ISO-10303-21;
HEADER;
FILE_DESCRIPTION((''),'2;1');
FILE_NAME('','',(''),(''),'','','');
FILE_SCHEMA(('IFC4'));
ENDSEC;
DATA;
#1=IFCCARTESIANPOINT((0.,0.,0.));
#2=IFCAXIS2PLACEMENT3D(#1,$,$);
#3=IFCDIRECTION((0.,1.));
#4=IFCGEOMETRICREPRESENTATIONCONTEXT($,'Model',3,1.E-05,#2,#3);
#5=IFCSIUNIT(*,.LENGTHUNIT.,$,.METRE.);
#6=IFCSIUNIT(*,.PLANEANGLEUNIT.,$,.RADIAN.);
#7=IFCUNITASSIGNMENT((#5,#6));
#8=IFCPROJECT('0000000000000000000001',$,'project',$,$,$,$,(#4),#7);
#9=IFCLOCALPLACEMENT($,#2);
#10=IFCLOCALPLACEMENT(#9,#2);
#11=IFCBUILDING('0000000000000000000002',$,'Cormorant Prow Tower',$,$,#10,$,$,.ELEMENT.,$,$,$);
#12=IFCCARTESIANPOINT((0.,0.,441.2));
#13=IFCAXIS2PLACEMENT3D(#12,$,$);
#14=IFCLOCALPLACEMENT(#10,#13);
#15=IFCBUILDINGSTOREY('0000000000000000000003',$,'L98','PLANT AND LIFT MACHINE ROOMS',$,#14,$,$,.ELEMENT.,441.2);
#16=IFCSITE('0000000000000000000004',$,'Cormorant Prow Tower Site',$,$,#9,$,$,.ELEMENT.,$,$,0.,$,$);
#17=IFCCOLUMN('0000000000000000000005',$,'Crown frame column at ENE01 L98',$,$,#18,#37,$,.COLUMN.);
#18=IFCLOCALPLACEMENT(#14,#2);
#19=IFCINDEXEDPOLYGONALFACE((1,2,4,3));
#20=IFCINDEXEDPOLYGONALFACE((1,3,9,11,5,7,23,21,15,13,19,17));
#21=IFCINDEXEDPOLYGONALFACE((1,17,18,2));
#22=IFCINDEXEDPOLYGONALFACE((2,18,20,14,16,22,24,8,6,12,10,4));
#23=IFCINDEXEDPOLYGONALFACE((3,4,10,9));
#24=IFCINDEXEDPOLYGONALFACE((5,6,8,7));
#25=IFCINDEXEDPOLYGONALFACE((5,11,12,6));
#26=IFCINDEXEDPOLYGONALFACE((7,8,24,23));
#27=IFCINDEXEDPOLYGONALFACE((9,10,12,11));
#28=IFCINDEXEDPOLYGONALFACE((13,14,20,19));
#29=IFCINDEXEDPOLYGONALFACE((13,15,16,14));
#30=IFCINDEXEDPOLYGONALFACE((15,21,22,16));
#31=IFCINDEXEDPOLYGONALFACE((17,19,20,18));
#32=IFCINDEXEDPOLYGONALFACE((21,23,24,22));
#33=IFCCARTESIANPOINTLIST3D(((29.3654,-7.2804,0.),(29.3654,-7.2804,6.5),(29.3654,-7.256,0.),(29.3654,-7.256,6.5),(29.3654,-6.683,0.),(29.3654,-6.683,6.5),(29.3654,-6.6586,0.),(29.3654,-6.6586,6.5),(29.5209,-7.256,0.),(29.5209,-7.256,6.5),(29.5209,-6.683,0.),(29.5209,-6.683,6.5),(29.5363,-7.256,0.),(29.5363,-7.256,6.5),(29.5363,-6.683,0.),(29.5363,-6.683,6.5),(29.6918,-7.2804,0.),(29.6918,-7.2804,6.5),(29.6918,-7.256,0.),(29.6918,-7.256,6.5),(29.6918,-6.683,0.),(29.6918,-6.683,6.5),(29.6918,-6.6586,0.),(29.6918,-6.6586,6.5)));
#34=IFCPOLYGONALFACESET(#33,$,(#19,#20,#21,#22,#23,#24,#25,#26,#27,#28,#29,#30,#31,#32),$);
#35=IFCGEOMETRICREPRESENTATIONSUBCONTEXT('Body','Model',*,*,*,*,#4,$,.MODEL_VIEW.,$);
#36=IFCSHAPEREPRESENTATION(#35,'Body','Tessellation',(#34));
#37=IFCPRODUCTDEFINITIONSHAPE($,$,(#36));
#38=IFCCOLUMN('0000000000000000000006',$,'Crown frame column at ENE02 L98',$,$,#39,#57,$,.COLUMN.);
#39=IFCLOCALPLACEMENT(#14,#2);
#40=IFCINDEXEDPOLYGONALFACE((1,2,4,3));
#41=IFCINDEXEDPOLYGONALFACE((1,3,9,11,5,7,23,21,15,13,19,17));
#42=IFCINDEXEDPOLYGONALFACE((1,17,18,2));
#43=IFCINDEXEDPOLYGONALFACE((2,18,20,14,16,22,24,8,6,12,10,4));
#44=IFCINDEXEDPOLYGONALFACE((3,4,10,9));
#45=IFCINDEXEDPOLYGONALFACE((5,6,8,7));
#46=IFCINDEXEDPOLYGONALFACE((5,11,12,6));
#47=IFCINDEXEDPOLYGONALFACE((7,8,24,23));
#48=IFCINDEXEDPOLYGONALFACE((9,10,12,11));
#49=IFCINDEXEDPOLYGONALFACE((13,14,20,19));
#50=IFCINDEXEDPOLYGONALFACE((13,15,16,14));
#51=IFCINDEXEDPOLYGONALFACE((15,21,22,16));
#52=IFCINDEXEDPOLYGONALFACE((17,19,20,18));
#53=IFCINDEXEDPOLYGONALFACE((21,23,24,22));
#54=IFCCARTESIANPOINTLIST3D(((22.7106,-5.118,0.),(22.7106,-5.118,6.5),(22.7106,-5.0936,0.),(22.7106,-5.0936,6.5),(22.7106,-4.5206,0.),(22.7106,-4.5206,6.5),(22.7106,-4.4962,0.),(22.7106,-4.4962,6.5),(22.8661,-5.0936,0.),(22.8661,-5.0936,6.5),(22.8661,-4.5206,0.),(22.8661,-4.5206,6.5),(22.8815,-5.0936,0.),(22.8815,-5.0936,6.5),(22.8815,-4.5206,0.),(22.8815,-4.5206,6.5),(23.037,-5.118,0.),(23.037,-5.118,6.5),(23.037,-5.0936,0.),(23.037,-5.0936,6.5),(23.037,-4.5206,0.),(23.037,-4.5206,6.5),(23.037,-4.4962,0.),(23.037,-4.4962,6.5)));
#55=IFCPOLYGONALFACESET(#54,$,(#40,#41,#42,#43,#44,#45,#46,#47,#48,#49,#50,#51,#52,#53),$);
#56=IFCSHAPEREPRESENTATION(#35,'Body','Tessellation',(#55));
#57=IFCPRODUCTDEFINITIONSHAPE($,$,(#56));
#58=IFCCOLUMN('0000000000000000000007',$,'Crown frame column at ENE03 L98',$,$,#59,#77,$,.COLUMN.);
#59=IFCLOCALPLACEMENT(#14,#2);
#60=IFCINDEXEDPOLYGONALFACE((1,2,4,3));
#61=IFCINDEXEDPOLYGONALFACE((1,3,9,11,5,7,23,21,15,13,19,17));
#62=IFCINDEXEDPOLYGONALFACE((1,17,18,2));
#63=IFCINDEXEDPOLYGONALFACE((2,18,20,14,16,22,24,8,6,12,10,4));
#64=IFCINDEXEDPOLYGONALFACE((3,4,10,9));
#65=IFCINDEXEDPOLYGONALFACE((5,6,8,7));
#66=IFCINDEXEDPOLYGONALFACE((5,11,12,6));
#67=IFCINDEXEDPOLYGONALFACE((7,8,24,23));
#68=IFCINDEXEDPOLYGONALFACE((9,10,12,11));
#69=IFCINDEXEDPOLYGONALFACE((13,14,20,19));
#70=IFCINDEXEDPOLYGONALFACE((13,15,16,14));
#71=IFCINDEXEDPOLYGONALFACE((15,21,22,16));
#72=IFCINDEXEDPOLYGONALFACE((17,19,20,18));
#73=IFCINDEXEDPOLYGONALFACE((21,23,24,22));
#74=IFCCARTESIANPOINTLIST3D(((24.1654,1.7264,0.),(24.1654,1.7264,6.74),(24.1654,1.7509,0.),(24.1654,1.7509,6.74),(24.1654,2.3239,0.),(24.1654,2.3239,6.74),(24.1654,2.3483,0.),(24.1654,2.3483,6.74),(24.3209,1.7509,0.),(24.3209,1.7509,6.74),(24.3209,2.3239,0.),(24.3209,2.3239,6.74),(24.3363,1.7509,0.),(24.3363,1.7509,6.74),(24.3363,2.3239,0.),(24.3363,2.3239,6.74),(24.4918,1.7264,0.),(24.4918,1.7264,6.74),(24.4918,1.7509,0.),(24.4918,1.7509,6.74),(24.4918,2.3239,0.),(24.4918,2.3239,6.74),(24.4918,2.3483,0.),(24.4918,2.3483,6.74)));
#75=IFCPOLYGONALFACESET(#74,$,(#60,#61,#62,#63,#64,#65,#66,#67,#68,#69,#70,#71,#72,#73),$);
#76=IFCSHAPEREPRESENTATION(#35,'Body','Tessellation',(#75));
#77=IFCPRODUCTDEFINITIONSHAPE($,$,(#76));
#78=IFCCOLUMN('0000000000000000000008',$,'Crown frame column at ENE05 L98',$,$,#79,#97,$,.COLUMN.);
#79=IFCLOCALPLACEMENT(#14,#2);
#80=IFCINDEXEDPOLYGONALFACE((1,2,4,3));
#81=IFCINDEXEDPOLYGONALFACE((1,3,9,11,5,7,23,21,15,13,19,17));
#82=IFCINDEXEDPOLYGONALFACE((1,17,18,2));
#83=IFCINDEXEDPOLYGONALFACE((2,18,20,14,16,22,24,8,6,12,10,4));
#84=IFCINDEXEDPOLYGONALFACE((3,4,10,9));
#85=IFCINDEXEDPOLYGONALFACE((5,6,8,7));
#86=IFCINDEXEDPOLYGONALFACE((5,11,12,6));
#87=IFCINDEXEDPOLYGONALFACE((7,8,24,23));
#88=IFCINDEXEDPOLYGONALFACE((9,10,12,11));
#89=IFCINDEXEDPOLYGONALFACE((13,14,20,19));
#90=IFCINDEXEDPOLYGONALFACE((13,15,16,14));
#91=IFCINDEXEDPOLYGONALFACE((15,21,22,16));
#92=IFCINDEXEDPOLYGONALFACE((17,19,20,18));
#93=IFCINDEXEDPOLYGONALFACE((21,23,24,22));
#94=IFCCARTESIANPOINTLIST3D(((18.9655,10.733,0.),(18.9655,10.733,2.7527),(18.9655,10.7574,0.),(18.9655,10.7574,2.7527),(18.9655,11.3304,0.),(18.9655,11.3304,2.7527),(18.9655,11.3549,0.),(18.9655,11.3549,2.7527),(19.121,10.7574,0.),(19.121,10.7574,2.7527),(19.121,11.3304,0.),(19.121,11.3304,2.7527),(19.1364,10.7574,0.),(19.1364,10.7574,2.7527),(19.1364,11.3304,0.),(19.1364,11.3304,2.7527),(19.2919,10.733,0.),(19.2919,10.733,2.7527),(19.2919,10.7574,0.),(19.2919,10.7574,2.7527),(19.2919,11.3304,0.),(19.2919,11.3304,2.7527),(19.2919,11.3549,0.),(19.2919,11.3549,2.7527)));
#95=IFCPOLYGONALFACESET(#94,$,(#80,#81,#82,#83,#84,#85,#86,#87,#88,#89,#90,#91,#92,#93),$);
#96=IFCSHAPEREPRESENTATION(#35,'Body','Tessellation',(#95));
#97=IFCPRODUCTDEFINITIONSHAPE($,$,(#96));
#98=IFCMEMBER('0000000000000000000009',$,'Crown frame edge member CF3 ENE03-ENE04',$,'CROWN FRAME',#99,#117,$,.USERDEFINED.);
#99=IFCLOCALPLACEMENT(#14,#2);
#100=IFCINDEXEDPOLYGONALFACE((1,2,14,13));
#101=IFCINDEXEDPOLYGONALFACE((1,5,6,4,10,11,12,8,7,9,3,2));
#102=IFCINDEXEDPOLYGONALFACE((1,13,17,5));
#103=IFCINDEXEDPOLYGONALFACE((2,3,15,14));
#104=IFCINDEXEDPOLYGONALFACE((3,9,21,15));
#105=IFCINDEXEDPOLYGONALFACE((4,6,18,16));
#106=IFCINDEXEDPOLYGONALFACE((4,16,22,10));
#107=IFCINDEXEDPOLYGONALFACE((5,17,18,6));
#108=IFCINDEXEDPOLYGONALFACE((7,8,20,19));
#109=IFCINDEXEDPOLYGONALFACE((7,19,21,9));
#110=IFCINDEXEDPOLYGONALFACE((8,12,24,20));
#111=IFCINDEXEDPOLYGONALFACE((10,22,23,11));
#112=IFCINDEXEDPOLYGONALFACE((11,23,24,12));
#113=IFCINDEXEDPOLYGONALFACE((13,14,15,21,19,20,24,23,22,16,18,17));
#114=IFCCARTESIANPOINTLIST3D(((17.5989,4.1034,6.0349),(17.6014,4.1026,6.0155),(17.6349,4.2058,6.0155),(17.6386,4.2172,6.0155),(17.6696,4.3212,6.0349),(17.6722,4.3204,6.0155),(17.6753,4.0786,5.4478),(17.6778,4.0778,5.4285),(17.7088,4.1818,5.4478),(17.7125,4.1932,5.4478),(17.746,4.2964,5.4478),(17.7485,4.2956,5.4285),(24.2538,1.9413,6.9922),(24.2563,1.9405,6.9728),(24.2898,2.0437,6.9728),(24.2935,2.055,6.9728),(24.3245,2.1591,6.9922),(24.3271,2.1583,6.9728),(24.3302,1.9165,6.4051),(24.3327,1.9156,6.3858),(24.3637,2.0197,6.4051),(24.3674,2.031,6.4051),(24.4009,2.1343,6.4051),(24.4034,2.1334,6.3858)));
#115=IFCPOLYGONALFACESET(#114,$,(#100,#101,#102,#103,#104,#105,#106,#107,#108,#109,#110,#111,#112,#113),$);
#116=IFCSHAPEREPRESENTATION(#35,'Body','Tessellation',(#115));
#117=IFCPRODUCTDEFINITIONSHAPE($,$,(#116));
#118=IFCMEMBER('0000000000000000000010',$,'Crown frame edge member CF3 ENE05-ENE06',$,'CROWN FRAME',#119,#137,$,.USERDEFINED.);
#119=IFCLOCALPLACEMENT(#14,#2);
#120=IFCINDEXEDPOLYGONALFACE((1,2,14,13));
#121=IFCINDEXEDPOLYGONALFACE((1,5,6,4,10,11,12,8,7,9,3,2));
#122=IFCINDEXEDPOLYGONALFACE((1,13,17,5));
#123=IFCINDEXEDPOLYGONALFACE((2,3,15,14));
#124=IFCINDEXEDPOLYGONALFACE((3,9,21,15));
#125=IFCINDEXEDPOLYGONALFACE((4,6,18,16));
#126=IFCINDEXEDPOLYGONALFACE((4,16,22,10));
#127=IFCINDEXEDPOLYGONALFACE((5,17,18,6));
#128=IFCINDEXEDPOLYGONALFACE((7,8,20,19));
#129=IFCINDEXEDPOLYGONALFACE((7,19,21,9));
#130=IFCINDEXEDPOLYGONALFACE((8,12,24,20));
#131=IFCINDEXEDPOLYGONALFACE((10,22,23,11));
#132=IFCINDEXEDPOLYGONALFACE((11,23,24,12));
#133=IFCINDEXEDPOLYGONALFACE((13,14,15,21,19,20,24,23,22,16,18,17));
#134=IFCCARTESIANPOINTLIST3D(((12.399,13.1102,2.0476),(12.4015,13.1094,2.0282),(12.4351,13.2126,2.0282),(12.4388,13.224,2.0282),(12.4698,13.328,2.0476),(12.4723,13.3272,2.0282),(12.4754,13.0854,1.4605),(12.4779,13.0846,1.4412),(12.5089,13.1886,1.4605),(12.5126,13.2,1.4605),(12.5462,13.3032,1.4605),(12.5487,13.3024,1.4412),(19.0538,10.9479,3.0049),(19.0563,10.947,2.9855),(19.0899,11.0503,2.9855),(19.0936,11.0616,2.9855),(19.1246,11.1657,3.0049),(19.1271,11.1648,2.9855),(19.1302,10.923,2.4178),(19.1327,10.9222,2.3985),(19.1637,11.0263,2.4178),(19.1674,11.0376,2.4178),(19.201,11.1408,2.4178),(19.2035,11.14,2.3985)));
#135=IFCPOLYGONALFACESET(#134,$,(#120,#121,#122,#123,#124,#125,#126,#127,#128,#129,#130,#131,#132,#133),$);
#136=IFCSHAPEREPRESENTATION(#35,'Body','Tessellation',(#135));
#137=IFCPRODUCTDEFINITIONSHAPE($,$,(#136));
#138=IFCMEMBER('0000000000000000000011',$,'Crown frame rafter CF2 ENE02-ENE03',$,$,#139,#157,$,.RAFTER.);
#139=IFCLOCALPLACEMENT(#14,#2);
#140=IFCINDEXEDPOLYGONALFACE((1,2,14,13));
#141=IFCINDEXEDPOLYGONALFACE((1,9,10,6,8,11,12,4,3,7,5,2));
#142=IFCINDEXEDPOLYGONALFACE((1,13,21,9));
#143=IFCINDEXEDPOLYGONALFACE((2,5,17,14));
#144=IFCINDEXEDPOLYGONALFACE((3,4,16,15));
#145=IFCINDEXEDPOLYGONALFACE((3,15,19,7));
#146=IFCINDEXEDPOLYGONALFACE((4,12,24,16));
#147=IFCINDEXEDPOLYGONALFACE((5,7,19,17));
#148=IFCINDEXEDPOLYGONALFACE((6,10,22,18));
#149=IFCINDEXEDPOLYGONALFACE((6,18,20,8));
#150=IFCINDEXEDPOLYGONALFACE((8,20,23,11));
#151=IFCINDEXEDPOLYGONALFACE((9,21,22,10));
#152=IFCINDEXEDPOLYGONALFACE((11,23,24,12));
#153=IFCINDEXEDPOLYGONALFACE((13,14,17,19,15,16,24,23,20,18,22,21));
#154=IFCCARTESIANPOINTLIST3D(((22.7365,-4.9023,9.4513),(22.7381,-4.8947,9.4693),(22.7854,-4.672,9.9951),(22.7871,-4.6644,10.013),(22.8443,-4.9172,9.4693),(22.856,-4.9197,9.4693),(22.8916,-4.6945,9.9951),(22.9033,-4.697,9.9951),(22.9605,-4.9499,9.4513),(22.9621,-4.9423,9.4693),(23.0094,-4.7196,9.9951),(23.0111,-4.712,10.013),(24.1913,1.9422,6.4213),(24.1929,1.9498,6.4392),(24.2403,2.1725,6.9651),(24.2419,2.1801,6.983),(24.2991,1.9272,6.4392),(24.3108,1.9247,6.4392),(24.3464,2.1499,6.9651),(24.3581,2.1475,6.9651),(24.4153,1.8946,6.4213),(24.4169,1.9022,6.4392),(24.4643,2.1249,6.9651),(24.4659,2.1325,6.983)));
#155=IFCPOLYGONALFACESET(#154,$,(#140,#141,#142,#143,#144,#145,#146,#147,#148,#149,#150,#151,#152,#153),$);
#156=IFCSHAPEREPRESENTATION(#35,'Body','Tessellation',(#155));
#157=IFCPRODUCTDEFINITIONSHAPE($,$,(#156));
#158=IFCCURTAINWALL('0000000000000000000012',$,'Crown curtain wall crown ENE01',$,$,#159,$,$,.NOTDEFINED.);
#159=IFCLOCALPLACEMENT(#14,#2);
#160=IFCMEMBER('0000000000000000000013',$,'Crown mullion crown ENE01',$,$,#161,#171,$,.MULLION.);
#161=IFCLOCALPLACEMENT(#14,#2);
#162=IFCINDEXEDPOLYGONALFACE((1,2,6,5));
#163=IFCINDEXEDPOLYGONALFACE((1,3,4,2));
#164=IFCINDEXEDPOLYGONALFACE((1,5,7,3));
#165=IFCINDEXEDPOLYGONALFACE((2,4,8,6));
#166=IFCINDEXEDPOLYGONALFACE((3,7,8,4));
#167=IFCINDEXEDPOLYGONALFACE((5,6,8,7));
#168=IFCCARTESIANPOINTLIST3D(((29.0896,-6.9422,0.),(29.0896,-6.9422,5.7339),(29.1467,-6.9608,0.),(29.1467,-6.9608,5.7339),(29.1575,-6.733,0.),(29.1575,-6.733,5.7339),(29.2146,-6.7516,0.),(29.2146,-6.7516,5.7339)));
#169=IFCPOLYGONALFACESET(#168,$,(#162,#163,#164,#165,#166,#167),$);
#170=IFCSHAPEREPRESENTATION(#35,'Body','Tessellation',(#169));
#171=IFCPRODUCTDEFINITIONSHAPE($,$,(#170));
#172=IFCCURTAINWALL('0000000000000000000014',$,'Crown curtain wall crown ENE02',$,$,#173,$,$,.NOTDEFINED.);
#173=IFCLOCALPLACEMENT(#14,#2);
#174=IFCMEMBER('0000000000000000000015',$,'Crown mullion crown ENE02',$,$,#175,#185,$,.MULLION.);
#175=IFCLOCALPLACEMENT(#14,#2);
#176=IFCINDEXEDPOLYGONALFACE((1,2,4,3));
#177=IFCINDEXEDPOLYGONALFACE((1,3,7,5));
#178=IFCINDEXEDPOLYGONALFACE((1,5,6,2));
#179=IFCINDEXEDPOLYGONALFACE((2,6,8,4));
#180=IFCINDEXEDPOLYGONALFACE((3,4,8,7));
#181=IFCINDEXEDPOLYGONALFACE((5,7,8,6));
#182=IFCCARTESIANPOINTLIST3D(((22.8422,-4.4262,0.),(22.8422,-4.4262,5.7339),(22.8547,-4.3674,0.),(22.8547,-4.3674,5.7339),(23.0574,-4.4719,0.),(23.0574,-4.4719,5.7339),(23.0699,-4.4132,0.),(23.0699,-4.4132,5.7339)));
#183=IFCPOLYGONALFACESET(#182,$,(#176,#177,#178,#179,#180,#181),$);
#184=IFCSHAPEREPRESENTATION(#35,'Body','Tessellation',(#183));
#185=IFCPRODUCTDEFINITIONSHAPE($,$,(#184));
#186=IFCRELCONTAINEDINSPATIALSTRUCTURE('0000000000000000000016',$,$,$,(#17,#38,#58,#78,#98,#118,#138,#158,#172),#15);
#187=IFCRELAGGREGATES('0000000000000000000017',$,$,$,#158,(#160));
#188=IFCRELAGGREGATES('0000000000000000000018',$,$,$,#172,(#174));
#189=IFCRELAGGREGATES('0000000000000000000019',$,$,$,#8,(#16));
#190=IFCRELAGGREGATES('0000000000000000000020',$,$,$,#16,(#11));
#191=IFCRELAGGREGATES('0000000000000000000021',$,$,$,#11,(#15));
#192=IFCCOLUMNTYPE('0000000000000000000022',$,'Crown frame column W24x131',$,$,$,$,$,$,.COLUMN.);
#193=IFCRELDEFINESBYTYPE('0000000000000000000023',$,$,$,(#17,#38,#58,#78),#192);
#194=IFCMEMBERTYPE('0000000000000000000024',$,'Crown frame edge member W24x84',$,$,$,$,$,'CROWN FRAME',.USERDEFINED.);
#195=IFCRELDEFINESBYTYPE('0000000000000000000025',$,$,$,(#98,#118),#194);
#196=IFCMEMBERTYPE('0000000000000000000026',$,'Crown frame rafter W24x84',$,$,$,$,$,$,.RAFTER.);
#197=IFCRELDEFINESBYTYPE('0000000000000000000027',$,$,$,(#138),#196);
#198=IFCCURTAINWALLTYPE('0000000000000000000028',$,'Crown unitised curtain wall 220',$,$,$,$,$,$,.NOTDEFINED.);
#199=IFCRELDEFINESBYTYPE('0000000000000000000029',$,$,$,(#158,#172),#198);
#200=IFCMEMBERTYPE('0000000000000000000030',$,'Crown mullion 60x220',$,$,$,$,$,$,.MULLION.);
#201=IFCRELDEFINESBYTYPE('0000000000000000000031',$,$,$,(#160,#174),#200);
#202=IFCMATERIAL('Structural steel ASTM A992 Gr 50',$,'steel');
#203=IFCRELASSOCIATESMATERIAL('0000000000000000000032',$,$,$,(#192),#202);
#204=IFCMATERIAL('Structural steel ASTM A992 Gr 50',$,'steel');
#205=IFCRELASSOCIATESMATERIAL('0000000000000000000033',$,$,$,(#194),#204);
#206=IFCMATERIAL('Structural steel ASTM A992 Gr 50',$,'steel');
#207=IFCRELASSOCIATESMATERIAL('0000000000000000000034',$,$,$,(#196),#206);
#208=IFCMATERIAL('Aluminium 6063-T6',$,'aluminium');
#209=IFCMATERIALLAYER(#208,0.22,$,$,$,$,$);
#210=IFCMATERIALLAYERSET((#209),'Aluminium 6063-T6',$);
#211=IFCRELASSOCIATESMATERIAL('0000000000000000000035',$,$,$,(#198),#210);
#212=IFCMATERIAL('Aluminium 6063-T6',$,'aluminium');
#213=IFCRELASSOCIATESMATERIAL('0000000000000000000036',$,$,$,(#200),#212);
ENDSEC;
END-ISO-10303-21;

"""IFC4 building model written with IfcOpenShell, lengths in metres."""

from ifc_helpers import new_model, si_unit, direction, frame, origin, origin_2d, place, context, subcontext, project, spatial, rectangle, i_section, extrude, material, layer, layer_set, material_profile, profile_set, type_object, element, aggregate, save


model = new_model("IFC4")

# Units and contexts
model_context = context("Model", 3, precision=1e-05, world=origin(), true_north=direction((0.0, 1.0)))
body_context = subcontext(model_context, "Body", "Model", "MODEL_VIEW")
ifc_project = project(units=[si_unit("LENGTHUNIT", "METRE"), si_unit("PLANEANGLEUNIT", "RADIAN")], contexts=[model_context])

# Site, building, storey
site_placement = place(None, origin())
site = spatial("IfcSite", under=ifc_project, at=site_placement, Name="Cormorant Prow Tower Site", CompositionType="ELEMENT", RefElevation=0.0)
building_placement = place(site_placement, origin())
building = spatial("IfcBuilding", under=site, at=building_placement, Name="Cormorant Prow Tower", CompositionType="ELEMENT")
storey_placement = place(building_placement, frame((0.0, 0.0, 441.2)))
storey = spatial("IfcBuildingStorey", under=building, at=storey_placement, Name="L98", Description="PLANT AND LIFT MACHINE ROOMS", CompositionType="ELEMENT", Elevation=441.2)

# Columns
ifc_material_1 = material(Name="Structural steel ASTM A992 Gr 50", Category="steel")
ifc_material_profile_1 = material_profile(ifc_material_1, i_section(OverallWidth=0.3264, OverallDepth=0.6218, WebThickness=0.0154, FlangeThickness=0.0244, at=origin_2d()), Name="W24x131")
ifc_profile_set_1 = profile_set([ifc_material_profile_1], Name="Structural steel ASTM A992 Gr 50")
column_type = type_object("IfcColumnType", Name="Crown frame column W24x131", PredefinedType="COLUMN", material=ifc_profile_set_1)
for number, where, z_axis, x_axis, name in (
    (1, (29.5286, -6.9695, 0.0), (0.0, 0.0, 1.0), (1.0, 0.0, 0.0), "Crown frame column at ENE01 L98"),
    (2, (22.8738, -4.8071, 0.0), (0.0, 0.0, 1.0), (1.0, 0.0, 0.0), "Crown frame column at ENE02 L98"),
):
    element("IfcColumn", number, at=place(storey_placement, frame(where, z_axis=z_axis, x_axis=x_axis)), inside=storey, type_object=column_type, Name=name, PredefinedType="COLUMN", context=body_context, shape_type="SweptSolid", body=[
        extrude(i_section(OverallWidth=0.3264, OverallDepth=0.6218, WebThickness=0.0154, FlangeThickness=0.0244, at=origin_2d()), origin(), (0.0, 0.0, 1.0), 6.5),
    ])
column_1_placement = place(storey_placement, frame((24.3286, 2.0374, 0.0), z_axis=(0.0, 0.0, 1.0), x_axis=(1.0, 0.0, 0.0)))
element("IfcColumn", 3, at=column_1_placement, inside=storey, type_object=column_type, Name="Crown frame column at ENE03 L98", PredefinedType="COLUMN", context=body_context, shape_type="SweptSolid", body=[
    extrude(i_section(OverallWidth=0.3264, OverallDepth=0.6218, WebThickness=0.0154, FlangeThickness=0.0244, at=origin_2d()), origin(), (0.0, 0.0, 1.0), 6.74),
])
column_2_placement = place(storey_placement, frame((19.1287, 11.0439, 0.0), z_axis=(0.0, 0.0, 1.0), x_axis=(1.0, 0.0, 0.0)))
element("IfcColumn", 4, at=column_2_placement, inside=storey, type_object=column_type, Name="Crown frame column at ENE05 L98", PredefinedType="COLUMN", context=body_context, shape_type="SweptSolid", body=[
    extrude(i_section(OverallWidth=0.3264, OverallDepth=0.6218, WebThickness=0.0154, FlangeThickness=0.0244, at=origin_2d()), origin(), (0.0, 0.0, 1.0), 2.7527),
])

# Members
ifc_material_2 = material(Name="Structural steel ASTM A992 Gr 50", Category="steel")
ifc_material_profile_2 = material_profile(ifc_material_2, i_section(OverallWidth=0.229, OverallDepth=0.6121, WebThickness=0.012, FlangeThickness=0.0195, at=origin_2d()), Name="W24x84")
ifc_profile_set_2 = profile_set([ifc_material_profile_2], Name="Structural steel ASTM A992 Gr 50")
member_type_1 = type_object("IfcMemberType", Name="Crown frame edge member W24x84", ElementType="CROWN FRAME", PredefinedType="USERDEFINED", material=ifc_profile_set_2)
for number, where, z_axis, x_axis, name in (
    (5, (24.3286, 2.0374, 6.689), (-0.942286, 0.306144, -0.135546), (-0.308996, -0.951063, 0.0), "Crown frame edge member CF3 ENE03-ENE04"),
    (6, (19.1287, 11.0439, 2.7017), (-0.942276, 0.306176, -0.135544), (-0.309028, -0.951053, 0.0), "Crown frame edge member CF3 ENE05-ENE06"),
):
    element("IfcMember", number, at=place(storey_placement, frame(where, z_axis=z_axis, x_axis=x_axis)), inside=storey, type_object=member_type_1, Name=name, ObjectType="CROWN FRAME", PredefinedType="USERDEFINED", context=body_context, shape_type="SweptSolid", body=[
        extrude(i_section(OverallWidth=0.229, OverallDepth=0.6121, WebThickness=0.012, FlangeThickness=0.0195, at=origin_2d()), origin(), (0.0, 0.0, 1.0), 7.0625),
    ])
ifc_material_3 = material(Name="Structural steel ASTM A992 Gr 50", Category="steel")
ifc_material_profile_3 = material_profile(ifc_material_3, i_section(OverallWidth=0.229, OverallDepth=0.6121, WebThickness=0.012, FlangeThickness=0.0195, at=origin_2d()), Name="W24x84")
ifc_profile_set_3 = profile_set([ifc_material_profile_3], Name="Structural steel ASTM A992 Gr 50")
member_type_2 = type_object("IfcMemberType", Name="Crown frame rafter W24x84", PredefinedType="RAFTER", material=ifc_profile_set_3)
member_1_placement = place(storey_placement, frame((22.8738, -4.8071, 9.7322), z_axis=(0.190791, 0.897607, -0.397367), x_axis=(-0.978148, 0.207911, 0.0)))
element("IfcMember", 7, at=member_1_placement, inside=storey, type_object=member_type_2, Name="Crown frame rafter CF2 ENE02-ENE03", PredefinedType="RAFTER", context=body_context, shape_type="SweptSolid", body=[
    extrude(i_section(OverallWidth=0.229, OverallDepth=0.6121, WebThickness=0.012, FlangeThickness=0.0195, at=origin_2d()), origin(), (0.0, 0.0, 1.0), 7.6252),
])

# Curtain walls, members
ifc_material_4 = material(Name="Aluminium 6063-T6", Category="aluminium")
ifc_layer_1 = layer(ifc_material_4, 0.22)
ifc_layer_set_1 = layer_set([ifc_layer_1], Name="Aluminium 6063-T6")
curtain_wall_type = type_object("IfcCurtainWallType", Name="Crown unitised curtain wall 220", PredefinedType="NOTDEFINED", material=ifc_layer_set_1)
curtain_wall_1_placement = place(storey_placement, origin())
curtain_wall_1 = element("IfcCurtainWall", 8, at=curtain_wall_1_placement, inside=storey, type_object=curtain_wall_type, Name="Crown curtain wall crown ENE01", PredefinedType="NOTDEFINED")
ifc_material_5 = material(Name="Aluminium 6063-T6", Category="aluminium")
ifc_material_profile_4 = material_profile(ifc_material_5, rectangle(XDim=0.22, YDim=0.0601, at=origin_2d()), Name="Crown mullion 60x220")
ifc_profile_set_4 = profile_set([ifc_material_profile_4], Name="Aluminium 6063-T6")
member_type_3 = type_object("IfcMemberType", Name="Crown mullion 60x220", PredefinedType="MULLION", material=ifc_profile_set_4)
member_2_placement = place(storey_placement, frame((29.1521, -6.8469, 0.0), z_axis=(0.0, 0.0, 1.0), x_axis=(-0.309017, -0.951057, 0.0)))
member_2 = element("IfcMember", 9, at=member_2_placement, type_object=member_type_3, Name="Crown mullion crown ENE01", PredefinedType="MULLION", context=body_context, shape_type="SweptSolid", body=[
    extrude(rectangle(XDim=0.22, YDim=0.0601, at=origin_2d()), origin(), (0.0, 0.0, 1.0), 5.7339),
])
curtain_wall_2_placement = place(storey_placement, origin())
curtain_wall_2 = element("IfcCurtainWall", 10, at=curtain_wall_2_placement, inside=storey, type_object=curtain_wall_type, Name="Crown curtain wall crown ENE02", PredefinedType="NOTDEFINED")
member_3_placement = place(storey_placement, frame((22.9561, -4.4197, 0.0), z_axis=(0.0, 0.0, 1.0), x_axis=(-0.978148, 0.207912, 0.0)))
member_3 = element("IfcMember", 11, at=member_3_placement, type_object=member_type_3, Name="Crown mullion crown ENE02", PredefinedType="MULLION", context=body_context, shape_type="SweptSolid", body=[
    extrude(rectangle(XDim=0.22, YDim=0.0601, at=origin_2d()), origin(), (0.0, 0.0, 1.0), 5.7339),
])

aggregate(curtain_wall_1, [member_2])
aggregate(curtain_wall_2, [member_3])

save(model, "model.ifc")
